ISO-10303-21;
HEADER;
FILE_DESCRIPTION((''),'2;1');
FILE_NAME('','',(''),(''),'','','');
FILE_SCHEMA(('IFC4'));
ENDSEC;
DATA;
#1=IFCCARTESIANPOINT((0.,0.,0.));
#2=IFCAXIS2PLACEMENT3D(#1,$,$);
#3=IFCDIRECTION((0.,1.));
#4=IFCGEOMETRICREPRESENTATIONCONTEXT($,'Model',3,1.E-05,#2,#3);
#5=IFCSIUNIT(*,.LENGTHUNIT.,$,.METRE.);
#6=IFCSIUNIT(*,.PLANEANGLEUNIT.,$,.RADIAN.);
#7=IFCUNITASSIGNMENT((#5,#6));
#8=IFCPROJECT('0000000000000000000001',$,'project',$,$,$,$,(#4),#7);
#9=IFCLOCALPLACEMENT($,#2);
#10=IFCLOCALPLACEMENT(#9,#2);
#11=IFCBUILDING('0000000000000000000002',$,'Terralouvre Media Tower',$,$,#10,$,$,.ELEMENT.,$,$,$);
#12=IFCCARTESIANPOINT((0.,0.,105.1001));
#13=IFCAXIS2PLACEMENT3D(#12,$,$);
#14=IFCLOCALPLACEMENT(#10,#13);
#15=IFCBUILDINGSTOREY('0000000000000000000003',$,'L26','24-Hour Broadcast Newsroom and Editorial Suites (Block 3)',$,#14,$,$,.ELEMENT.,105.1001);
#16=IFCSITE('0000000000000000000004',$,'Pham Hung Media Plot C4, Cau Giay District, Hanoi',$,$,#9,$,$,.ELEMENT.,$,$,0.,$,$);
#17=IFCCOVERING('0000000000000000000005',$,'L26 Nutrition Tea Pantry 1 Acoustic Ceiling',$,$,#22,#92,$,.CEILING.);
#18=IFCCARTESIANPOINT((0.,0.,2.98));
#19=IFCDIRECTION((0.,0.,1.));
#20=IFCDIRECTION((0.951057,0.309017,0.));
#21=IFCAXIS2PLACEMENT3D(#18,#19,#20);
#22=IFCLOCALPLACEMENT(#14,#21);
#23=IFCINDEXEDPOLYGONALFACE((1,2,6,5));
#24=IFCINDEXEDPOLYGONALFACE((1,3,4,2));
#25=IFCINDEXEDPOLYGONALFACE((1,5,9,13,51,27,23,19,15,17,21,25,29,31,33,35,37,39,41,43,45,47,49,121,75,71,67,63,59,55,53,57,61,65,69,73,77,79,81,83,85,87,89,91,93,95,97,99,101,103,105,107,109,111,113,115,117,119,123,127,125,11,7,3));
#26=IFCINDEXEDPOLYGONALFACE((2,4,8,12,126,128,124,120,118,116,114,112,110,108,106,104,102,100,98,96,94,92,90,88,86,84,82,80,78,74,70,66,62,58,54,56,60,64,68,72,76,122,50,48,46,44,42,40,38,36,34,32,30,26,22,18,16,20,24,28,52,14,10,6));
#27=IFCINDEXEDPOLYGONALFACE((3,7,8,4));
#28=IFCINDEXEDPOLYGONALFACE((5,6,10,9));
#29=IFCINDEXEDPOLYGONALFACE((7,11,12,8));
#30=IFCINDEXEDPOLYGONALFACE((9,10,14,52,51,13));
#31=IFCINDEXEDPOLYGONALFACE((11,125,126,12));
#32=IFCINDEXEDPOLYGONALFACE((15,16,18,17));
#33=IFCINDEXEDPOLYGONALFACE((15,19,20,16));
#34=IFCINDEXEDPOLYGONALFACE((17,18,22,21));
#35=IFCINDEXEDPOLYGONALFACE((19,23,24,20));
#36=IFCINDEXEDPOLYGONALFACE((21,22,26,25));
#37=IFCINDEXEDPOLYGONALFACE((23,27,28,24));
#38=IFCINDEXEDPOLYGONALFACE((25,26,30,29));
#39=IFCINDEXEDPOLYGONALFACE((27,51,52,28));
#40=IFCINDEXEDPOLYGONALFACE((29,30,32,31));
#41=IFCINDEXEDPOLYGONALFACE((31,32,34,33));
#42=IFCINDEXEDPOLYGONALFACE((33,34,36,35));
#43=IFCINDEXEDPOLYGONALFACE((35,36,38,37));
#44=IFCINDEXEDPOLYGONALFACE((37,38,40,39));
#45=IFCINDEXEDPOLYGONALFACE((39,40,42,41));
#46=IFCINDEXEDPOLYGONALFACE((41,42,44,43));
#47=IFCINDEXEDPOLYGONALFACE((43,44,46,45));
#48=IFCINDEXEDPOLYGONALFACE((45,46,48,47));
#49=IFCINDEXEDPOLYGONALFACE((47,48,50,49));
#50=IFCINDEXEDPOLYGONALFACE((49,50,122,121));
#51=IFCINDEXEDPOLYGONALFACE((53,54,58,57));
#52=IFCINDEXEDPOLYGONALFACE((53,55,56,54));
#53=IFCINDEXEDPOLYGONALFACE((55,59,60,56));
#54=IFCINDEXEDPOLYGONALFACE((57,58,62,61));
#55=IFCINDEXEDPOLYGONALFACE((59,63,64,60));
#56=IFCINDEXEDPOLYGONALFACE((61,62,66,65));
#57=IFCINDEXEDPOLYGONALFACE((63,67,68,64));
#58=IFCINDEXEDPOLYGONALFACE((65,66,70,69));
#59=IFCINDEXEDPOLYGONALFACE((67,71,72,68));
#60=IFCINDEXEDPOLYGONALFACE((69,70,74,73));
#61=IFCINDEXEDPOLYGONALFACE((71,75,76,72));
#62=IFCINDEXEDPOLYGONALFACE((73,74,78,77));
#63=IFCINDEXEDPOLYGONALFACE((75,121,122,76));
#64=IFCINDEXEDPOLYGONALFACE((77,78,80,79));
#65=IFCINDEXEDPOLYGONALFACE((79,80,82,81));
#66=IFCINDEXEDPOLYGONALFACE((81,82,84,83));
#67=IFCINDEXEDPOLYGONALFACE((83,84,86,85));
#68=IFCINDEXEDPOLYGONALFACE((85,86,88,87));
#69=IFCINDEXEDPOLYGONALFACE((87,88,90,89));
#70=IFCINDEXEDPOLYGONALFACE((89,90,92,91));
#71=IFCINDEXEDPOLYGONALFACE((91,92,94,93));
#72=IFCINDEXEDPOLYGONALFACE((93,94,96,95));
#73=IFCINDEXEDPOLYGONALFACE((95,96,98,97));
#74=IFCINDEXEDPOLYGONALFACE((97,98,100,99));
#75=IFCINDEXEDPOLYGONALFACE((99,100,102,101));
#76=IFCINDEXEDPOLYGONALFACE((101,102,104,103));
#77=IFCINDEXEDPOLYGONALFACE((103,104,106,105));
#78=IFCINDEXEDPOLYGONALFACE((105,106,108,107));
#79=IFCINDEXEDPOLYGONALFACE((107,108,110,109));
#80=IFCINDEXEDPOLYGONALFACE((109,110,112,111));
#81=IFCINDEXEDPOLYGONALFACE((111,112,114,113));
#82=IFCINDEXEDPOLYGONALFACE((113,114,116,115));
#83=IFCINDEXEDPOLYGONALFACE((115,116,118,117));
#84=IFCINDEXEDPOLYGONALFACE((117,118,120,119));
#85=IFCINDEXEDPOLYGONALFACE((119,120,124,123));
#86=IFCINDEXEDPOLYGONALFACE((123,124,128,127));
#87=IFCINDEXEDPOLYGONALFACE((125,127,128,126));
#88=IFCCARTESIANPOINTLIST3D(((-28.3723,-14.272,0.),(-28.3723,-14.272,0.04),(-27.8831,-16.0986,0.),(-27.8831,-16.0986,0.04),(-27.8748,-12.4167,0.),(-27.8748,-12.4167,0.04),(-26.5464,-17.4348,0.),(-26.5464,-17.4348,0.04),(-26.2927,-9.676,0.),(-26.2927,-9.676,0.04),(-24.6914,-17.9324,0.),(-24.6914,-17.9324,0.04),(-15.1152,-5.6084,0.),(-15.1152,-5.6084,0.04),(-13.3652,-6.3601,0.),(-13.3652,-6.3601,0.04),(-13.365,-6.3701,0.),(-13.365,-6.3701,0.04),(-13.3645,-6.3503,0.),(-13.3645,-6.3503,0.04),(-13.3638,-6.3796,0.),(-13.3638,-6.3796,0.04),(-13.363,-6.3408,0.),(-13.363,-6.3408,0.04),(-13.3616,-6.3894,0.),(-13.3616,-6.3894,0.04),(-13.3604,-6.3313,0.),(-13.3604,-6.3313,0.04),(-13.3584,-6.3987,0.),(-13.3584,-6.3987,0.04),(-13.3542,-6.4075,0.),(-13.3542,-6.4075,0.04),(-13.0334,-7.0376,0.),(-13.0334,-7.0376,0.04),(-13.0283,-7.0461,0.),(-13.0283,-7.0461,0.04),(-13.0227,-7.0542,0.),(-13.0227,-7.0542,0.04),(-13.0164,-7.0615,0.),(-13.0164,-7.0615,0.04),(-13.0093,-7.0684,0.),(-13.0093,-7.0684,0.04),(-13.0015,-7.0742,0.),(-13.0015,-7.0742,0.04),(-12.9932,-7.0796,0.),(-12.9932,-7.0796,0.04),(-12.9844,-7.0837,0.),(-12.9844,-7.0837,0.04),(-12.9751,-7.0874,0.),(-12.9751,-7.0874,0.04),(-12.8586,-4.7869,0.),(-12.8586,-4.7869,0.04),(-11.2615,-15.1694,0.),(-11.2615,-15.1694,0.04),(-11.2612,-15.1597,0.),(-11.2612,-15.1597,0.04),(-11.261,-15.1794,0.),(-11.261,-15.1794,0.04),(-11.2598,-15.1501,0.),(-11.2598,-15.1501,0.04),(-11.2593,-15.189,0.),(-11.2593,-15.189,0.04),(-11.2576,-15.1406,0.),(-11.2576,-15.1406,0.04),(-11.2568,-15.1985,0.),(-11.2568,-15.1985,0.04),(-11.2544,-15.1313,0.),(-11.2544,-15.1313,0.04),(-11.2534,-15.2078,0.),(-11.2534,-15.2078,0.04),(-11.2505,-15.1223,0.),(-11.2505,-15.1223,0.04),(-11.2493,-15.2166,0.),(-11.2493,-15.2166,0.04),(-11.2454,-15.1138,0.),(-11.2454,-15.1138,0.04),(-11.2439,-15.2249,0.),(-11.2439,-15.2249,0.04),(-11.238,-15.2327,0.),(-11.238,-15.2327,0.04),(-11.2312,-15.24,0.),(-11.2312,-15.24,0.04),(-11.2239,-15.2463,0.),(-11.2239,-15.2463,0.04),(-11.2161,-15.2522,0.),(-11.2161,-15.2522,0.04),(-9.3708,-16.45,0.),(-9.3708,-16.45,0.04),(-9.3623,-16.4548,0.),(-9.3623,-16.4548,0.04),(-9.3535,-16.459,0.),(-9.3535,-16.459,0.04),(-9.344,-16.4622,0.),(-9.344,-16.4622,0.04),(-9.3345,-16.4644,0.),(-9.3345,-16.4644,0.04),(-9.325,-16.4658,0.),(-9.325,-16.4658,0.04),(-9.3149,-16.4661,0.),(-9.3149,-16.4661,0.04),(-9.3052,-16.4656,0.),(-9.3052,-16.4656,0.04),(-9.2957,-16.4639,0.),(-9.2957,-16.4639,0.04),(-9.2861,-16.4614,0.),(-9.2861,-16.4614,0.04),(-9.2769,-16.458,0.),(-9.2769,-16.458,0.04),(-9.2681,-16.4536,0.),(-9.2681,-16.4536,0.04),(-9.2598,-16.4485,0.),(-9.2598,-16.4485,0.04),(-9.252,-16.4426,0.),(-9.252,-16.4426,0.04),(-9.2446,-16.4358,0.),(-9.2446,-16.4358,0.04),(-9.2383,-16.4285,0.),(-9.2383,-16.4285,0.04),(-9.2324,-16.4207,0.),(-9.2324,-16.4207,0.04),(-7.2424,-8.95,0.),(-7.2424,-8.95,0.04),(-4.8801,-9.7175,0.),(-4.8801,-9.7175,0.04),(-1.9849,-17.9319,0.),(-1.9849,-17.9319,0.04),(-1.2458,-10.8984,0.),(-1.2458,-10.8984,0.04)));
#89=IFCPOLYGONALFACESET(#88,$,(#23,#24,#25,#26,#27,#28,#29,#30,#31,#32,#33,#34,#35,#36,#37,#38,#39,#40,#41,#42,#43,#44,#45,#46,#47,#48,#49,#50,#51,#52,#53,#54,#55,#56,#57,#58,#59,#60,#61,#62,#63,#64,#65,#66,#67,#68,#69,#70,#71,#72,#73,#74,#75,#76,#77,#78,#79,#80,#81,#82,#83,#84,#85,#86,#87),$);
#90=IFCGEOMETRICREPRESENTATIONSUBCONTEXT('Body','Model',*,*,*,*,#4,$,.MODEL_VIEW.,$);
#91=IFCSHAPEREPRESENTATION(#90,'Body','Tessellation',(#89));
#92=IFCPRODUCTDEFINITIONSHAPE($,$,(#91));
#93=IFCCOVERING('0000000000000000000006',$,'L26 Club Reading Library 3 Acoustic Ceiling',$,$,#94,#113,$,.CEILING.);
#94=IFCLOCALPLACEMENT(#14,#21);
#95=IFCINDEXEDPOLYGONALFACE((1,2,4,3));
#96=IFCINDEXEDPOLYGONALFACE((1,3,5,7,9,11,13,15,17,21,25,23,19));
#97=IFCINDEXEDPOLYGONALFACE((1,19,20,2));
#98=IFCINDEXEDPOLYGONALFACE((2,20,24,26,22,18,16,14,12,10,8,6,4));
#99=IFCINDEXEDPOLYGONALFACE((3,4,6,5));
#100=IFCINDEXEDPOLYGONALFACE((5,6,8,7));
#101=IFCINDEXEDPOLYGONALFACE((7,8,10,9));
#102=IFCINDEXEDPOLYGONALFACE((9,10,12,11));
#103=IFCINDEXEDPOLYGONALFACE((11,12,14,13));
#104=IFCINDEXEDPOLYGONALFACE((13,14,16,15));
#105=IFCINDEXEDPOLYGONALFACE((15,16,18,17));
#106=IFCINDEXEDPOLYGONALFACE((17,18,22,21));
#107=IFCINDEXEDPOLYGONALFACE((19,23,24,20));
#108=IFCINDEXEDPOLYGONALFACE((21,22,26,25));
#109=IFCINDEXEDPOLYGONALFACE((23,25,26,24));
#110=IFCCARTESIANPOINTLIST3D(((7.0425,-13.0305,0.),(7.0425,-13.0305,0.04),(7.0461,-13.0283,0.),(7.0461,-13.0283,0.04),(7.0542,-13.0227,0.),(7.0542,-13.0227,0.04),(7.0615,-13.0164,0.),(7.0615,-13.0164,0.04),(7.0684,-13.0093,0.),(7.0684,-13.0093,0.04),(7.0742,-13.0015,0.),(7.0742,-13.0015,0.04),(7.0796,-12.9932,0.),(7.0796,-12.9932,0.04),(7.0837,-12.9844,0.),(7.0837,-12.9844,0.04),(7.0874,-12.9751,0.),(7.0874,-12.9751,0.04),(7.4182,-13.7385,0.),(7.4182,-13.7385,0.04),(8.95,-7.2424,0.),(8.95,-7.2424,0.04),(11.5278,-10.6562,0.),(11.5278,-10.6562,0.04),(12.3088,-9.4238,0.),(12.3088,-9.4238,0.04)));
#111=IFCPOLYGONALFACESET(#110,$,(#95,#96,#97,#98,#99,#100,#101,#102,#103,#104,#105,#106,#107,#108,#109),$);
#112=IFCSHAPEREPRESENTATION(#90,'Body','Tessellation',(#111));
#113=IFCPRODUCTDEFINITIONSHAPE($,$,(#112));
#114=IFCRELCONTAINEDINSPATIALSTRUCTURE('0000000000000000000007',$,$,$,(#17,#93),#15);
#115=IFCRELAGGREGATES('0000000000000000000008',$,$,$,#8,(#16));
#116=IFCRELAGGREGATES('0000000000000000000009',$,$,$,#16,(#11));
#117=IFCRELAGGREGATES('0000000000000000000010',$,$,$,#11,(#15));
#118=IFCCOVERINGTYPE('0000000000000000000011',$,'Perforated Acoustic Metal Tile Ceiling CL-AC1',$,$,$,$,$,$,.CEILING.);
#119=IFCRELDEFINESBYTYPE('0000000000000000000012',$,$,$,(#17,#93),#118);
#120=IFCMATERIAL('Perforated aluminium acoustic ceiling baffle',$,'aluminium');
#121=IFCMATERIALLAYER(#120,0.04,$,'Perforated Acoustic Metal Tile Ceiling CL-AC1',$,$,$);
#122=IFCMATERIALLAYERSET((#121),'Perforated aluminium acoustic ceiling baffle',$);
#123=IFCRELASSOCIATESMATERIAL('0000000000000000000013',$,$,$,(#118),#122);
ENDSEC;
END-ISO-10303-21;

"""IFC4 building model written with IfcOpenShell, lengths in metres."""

from ifc_helpers import new_model, si_unit, direction, frame, origin, place, context, subcontext, project, spatial, polyline, outline, extrude, material, layer, layer_set, type_object, element, save


model = new_model("IFC4")

# Units and contexts
model_context = context("Model", 3, precision=1e-05, world=origin(), true_north=direction((0.0, 1.0)))
body_context = subcontext(model_context, "Body", "Model", "MODEL_VIEW")
ifc_project = project(units=[si_unit("LENGTHUNIT", "METRE"), si_unit("PLANEANGLEUNIT", "RADIAN")], contexts=[model_context])

# Site, building, storey
site_placement = place(None, origin())
site = spatial("IfcSite", under=ifc_project, at=site_placement, Name="Pham Hung Media Plot C4, Cau Giay District, Hanoi", CompositionType="ELEMENT", RefElevation=0.0)
building_placement = place(site_placement, origin())
building = spatial("IfcBuilding", under=site, at=building_placement, Name="Terralouvre Media Tower", CompositionType="ELEMENT")
storey_placement = place(building_placement, frame((0.0, 0.0, 105.1001)))
storey = spatial("IfcBuildingStorey", under=building, at=storey_placement, Name="L26", Description="24-Hour Broadcast Newsroom and Editorial Suites (Block 3)", CompositionType="ELEMENT", Elevation=105.1001)

# Coverings
ifc_material_1 = material(Name="Perforated aluminium acoustic ceiling baffle", Category="aluminium")
ifc_layer_1 = layer(ifc_material_1, 0.04, Name="Perforated Acoustic Metal Tile Ceiling CL-AC1")
ifc_layer_set_1 = layer_set([ifc_layer_1], Name="Perforated aluminium acoustic ceiling baffle")
covering_type = type_object("IfcCoveringType", Name="Perforated Acoustic Metal Tile Ceiling CL-AC1", PredefinedType="CEILING", material=ifc_layer_set_1)
covering_1_placement = place(storey_placement, frame((0.0, 0.0, 2.98), z_axis=(0.0, 0.0, 1.0), x_axis=(0.951057, 0.309017, 0.0)))
element("IfcCovering", 1, at=covering_1_placement, inside=storey, type_object=covering_type, Name="L26 Nutrition Tea Pantry 1 Acoustic Ceiling", PredefinedType="CEILING", context=body_context, shape_type="SweptSolid", body=[
    extrude(outline(polyline([(-4.8801, -9.7175), (-9.2324, -16.4207), (-9.2383, -16.4285), (-9.2446, -16.4358), (-9.252, -16.4426), (-9.2598, -16.4485), (-9.2681, -16.4536), (-9.2769, -16.458), (-9.2861, -16.4614), (-9.2957, -16.4639), (-9.3052, -16.4656), (-9.3149, -16.4661), (-9.325, -16.4658), (-9.3345, -16.4644), (-9.344, -16.4622), (-9.3535, -16.459), (-9.3623, -16.4548), (-9.3708, -16.45), (-11.2161, -15.2522), (-11.2239, -15.2463), (-11.2312, -15.24), (-11.238, -15.2327), (-11.2439, -15.2249), (-11.2493, -15.2166), (-11.2534, -15.2078), (-11.2568, -15.1985), (-11.2593, -15.189), (-11.261, -15.1794), (-11.2615, -15.1694), (-11.2612, -15.1597), (-11.2598, -15.1501), (-11.2576, -15.1406), (-11.2544, -15.1313), (-11.2505, -15.1223), (-11.2454, -15.1138), (-7.2424, -8.95), (-12.9751, -7.0874), (-12.9844, -7.0837), (-12.9932, -7.0796), (-13.0015, -7.0742), (-13.0093, -7.0684), (-13.0164, -7.0615), (-13.0227, -7.0542), (-13.0283, -7.0461), (-13.0334, -7.0376), (-13.3542, -6.4075), (-13.3584, -6.3987), (-13.3616, -6.3894), (-13.3638, -6.3796), (-13.365, -6.3701), (-13.3652, -6.3601), (-13.3645, -6.3503), (-13.363, -6.3408), (-13.3604, -6.3313), (-12.8586, -4.7869), (-15.1152, -5.6084), (-26.2927, -9.676), (-27.8748, -12.4167), (-28.3723, -14.272), (-27.8831, -16.0986), (-26.5464, -17.4348), (-24.6914, -17.9324), (-1.9849, -17.9319), (-1.2458, -10.8984), (-4.8801, -9.7175)])), origin(), (0.0, 0.0, 1.0), 0.04),
])
covering_2_placement = place(storey_placement, frame((0.0, 0.0, 2.98), z_axis=(0.0, 0.0, 1.0), x_axis=(0.951057, 0.309017, 0.0)))
element("IfcCovering", 2, at=covering_2_placement, inside=storey, type_object=covering_type, Name="L26 Club Reading Library 3 Acoustic Ceiling", PredefinedType="CEILING", context=body_context, shape_type="SweptSolid", body=[
    extrude(outline(polyline([(7.4182, -13.7385), (11.5278, -10.6562), (12.3088, -9.4238), (8.95, -7.2424), (7.0874, -12.9751), (7.0837, -12.9844), (7.0796, -12.9932), (7.0742, -13.0015), (7.0684, -13.0093), (7.0615, -13.0164), (7.0542, -13.0227), (7.0461, -13.0283), (7.0425, -13.0305), (7.4182, -13.7385)])), origin(), (0.0, 0.0, 1.0), 0.04),
])

save(model, "model.ifc")
